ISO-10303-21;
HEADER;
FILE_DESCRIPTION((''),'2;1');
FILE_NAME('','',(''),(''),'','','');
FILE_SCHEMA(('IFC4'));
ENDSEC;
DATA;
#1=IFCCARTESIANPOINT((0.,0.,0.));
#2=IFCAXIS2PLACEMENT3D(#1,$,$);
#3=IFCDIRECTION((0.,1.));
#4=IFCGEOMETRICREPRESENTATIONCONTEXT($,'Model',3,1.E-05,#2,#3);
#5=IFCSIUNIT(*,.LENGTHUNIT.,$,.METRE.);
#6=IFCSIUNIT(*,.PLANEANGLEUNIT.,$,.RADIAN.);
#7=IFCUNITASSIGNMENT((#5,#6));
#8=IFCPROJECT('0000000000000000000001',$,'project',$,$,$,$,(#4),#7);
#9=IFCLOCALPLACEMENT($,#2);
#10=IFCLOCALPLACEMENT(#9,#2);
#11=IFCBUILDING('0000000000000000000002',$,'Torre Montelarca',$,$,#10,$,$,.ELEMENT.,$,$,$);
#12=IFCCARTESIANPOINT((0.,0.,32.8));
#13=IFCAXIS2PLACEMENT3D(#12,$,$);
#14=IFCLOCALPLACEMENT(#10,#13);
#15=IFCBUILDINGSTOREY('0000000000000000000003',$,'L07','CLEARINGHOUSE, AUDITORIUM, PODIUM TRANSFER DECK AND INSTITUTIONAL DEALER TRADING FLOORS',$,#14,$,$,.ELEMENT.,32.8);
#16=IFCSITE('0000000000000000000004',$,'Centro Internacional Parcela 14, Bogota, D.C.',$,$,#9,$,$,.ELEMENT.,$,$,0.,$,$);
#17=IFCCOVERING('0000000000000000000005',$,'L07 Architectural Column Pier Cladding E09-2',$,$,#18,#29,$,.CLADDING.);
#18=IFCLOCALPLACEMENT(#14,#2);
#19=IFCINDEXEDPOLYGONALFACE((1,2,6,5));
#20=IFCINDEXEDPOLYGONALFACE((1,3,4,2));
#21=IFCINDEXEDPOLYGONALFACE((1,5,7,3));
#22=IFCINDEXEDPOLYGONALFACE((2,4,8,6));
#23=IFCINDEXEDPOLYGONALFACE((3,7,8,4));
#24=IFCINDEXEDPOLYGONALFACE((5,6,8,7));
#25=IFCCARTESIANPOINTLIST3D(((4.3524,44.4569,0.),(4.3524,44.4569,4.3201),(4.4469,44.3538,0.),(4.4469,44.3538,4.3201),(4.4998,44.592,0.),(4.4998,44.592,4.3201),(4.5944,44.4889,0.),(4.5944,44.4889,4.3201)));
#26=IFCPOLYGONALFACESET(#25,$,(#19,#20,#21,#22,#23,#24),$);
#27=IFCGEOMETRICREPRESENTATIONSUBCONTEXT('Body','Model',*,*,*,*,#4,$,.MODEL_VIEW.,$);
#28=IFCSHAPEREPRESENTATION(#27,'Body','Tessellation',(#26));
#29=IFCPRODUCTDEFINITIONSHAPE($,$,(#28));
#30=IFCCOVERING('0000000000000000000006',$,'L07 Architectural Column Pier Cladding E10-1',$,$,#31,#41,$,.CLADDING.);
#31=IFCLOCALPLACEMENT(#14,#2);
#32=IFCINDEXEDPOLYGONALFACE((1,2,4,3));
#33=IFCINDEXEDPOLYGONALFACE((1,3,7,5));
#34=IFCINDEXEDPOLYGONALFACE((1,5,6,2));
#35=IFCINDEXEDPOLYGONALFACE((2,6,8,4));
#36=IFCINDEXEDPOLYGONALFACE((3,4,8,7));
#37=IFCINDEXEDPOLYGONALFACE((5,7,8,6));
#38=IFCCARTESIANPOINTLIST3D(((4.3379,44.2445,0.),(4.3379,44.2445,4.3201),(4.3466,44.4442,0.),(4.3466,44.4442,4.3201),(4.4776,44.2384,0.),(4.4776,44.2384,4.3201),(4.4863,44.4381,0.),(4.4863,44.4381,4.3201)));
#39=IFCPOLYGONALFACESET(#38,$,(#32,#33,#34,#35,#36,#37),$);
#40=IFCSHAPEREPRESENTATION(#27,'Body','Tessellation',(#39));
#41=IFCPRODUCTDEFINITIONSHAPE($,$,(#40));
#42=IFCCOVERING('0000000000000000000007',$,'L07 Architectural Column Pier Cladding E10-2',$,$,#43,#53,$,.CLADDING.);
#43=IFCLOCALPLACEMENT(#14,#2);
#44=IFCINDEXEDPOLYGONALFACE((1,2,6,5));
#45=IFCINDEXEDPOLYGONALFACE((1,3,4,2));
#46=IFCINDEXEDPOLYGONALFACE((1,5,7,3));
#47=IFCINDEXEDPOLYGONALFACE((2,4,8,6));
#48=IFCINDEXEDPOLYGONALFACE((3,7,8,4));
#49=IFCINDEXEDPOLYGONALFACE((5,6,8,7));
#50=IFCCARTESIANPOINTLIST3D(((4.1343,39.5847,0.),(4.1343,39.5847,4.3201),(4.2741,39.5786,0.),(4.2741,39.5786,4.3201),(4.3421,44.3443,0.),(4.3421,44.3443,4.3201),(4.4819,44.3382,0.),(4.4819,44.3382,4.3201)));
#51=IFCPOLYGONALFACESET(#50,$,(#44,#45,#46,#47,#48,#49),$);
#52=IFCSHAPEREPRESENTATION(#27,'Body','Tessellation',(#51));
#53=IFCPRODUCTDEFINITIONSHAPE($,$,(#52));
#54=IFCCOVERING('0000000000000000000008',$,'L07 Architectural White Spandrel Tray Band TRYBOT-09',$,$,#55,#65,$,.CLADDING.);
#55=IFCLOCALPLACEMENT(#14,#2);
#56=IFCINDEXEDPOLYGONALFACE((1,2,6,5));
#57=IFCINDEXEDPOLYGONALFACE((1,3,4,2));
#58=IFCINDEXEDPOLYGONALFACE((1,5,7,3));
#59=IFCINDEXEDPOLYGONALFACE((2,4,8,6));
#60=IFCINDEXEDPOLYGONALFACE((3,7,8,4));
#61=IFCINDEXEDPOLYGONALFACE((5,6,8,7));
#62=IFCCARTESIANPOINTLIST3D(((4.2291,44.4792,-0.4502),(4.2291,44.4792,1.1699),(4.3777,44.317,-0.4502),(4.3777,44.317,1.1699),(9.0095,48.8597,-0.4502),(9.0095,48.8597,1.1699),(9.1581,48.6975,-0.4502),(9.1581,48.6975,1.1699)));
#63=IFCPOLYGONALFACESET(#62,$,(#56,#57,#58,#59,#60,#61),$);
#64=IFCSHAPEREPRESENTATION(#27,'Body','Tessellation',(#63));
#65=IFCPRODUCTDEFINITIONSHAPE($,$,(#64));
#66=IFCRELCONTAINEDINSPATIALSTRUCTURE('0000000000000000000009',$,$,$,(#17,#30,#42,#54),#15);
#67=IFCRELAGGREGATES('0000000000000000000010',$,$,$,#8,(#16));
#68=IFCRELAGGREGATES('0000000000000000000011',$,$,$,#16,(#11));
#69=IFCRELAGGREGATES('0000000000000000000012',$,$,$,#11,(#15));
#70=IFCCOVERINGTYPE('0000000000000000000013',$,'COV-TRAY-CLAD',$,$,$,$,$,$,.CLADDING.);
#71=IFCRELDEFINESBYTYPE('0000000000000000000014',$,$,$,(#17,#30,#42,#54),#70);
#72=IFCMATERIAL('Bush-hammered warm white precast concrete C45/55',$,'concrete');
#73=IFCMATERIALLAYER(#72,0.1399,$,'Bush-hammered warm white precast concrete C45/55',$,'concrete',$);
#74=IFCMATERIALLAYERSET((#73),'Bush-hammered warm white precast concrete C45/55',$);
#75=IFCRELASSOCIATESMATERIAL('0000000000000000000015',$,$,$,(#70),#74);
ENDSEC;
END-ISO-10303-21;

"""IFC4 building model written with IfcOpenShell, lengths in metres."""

from ifc_helpers import new_model, si_unit, direction, frame, origin, origin_2d, place, context, subcontext, project, spatial, rectangle, extrude, source, transform, mapped, material, layer, layer_set, type_object, element, save


model = new_model("IFC4")

# Units and contexts
model_context = context("Model", 3, precision=1e-05, world=origin(), true_north=direction((0.0, 1.0)))
body_context = subcontext(model_context, "Body", "Model", "MODEL_VIEW")
ifc_project = project(units=[si_unit("LENGTHUNIT", "METRE"), si_unit("PLANEANGLEUNIT", "RADIAN")], contexts=[model_context])

# Site, building, storey
site_placement = place(None, origin())
site = spatial("IfcSite", under=ifc_project, at=site_placement, Name="Centro Internacional Parcela 14, Bogota, D.C.", CompositionType="ELEMENT", RefElevation=0.0)
building_placement = place(site_placement, origin())
building = spatial("IfcBuilding", under=site, at=building_placement, Name="Torre Montelarca", CompositionType="ELEMENT")
storey_placement = place(building_placement, frame((0.0, 0.0, 32.8)))
storey = spatial("IfcBuildingStorey", under=building, at=storey_placement, Name="L07", Description="CLEARINGHOUSE, AUDITORIUM, PODIUM TRANSFER DECK AND INSTITUTIONAL DEALER TRADING FLOORS", CompositionType="ELEMENT", Elevation=32.8)

# Coverings
ifc_material_1 = material(Name="Bush-hammered warm white precast concrete C45/55", Category="concrete")
ifc_layer_1 = layer(ifc_material_1, 0.1399, Name="Bush-hammered warm white precast concrete C45/55", Category="concrete")
ifc_layer_set_1 = layer_set([ifc_layer_1], Name="Bush-hammered warm white precast concrete C45/55")
covering_type = type_object("IfcCoveringType", Name="COV-TRAY-CLAD", PredefinedType="CLADDING", material=ifc_layer_set_1)
shared_shape_1 = source(origin(), body_context, "Body", "SweptSolid", [
    extrude(rectangle(XDim=0.2, YDim=0.1399, at=origin_2d()), origin(), (0.0, 0.0, 1.0), 4.3201),
])
for number, where, z_axis, x_axis, name in (
    (1, (4.4734, 44.4729, 0.0), (0.0, 0.0, 1.0), (-0.737273, -0.675595, 0.0), "L07 Architectural Column Pier Cladding E09-2"),
    (2, (4.4121, 44.3413, 0.0), (0.0, 0.0, 1.0), (-0.043619, -0.999048, 0.0), "L07 Architectural Column Pier Cladding E10-1"),
):
    element("IfcCovering", number, at=place(storey_placement, frame(where, z_axis=z_axis, x_axis=x_axis)), inside=storey, type_object=covering_type, Name=name, PredefinedType="CLADDING", context=body_context, shape_type="MappedRepresentation", body=[
        mapped(shared_shape_1, transform((0.0, 0.0, 0.0), scale=1.0)),
    ])
shared_shape_2 = source(origin(), body_context, "Body", "SweptSolid", [
    extrude(rectangle(XDim=4.7642, YDim=0.1399, at=origin_2d()), origin(), (0.0, 0.0, 1.0), 4.3201),
])
covering_1_placement = place(storey_placement, frame((4.3081, 41.9614, 0.0), z_axis=(0.0, 0.0, 1.0), x_axis=(-0.043619, -0.999048, 0.0)))
element("IfcCovering", 3, at=covering_1_placement, inside=storey, type_object=covering_type, Name="L07 Architectural Column Pier Cladding E10-2", PredefinedType="CLADDING", context=body_context, shape_type="MappedRepresentation", body=[
    mapped(shared_shape_2, transform((0.0, 0.0, 0.0), scale=1.0)),
])
shared_shape_3 = source(origin(), body_context, "Body", "SweptSolid", [
    extrude(rectangle(XDim=6.4839, YDim=0.22, at=origin_2d()), origin(), (0.0, 0.0, 1.0), 1.6201),
])
covering_2_placement = place(storey_placement, frame((6.6936, 46.5884, -0.4502), z_axis=(0.0, 0.0, 1.0), x_axis=(-0.737271, -0.675597, 0.0)))
element("IfcCovering", 4, at=covering_2_placement, inside=storey, type_object=covering_type, Name="L07 Architectural White Spandrel Tray Band TRYBOT-09", PredefinedType="CLADDING", context=body_context, shape_type="MappedRepresentation", body=[
    mapped(shared_shape_3, transform((0.0, 0.0, 0.0), scale=1.0)),
])

save(model, "model.ifc")
